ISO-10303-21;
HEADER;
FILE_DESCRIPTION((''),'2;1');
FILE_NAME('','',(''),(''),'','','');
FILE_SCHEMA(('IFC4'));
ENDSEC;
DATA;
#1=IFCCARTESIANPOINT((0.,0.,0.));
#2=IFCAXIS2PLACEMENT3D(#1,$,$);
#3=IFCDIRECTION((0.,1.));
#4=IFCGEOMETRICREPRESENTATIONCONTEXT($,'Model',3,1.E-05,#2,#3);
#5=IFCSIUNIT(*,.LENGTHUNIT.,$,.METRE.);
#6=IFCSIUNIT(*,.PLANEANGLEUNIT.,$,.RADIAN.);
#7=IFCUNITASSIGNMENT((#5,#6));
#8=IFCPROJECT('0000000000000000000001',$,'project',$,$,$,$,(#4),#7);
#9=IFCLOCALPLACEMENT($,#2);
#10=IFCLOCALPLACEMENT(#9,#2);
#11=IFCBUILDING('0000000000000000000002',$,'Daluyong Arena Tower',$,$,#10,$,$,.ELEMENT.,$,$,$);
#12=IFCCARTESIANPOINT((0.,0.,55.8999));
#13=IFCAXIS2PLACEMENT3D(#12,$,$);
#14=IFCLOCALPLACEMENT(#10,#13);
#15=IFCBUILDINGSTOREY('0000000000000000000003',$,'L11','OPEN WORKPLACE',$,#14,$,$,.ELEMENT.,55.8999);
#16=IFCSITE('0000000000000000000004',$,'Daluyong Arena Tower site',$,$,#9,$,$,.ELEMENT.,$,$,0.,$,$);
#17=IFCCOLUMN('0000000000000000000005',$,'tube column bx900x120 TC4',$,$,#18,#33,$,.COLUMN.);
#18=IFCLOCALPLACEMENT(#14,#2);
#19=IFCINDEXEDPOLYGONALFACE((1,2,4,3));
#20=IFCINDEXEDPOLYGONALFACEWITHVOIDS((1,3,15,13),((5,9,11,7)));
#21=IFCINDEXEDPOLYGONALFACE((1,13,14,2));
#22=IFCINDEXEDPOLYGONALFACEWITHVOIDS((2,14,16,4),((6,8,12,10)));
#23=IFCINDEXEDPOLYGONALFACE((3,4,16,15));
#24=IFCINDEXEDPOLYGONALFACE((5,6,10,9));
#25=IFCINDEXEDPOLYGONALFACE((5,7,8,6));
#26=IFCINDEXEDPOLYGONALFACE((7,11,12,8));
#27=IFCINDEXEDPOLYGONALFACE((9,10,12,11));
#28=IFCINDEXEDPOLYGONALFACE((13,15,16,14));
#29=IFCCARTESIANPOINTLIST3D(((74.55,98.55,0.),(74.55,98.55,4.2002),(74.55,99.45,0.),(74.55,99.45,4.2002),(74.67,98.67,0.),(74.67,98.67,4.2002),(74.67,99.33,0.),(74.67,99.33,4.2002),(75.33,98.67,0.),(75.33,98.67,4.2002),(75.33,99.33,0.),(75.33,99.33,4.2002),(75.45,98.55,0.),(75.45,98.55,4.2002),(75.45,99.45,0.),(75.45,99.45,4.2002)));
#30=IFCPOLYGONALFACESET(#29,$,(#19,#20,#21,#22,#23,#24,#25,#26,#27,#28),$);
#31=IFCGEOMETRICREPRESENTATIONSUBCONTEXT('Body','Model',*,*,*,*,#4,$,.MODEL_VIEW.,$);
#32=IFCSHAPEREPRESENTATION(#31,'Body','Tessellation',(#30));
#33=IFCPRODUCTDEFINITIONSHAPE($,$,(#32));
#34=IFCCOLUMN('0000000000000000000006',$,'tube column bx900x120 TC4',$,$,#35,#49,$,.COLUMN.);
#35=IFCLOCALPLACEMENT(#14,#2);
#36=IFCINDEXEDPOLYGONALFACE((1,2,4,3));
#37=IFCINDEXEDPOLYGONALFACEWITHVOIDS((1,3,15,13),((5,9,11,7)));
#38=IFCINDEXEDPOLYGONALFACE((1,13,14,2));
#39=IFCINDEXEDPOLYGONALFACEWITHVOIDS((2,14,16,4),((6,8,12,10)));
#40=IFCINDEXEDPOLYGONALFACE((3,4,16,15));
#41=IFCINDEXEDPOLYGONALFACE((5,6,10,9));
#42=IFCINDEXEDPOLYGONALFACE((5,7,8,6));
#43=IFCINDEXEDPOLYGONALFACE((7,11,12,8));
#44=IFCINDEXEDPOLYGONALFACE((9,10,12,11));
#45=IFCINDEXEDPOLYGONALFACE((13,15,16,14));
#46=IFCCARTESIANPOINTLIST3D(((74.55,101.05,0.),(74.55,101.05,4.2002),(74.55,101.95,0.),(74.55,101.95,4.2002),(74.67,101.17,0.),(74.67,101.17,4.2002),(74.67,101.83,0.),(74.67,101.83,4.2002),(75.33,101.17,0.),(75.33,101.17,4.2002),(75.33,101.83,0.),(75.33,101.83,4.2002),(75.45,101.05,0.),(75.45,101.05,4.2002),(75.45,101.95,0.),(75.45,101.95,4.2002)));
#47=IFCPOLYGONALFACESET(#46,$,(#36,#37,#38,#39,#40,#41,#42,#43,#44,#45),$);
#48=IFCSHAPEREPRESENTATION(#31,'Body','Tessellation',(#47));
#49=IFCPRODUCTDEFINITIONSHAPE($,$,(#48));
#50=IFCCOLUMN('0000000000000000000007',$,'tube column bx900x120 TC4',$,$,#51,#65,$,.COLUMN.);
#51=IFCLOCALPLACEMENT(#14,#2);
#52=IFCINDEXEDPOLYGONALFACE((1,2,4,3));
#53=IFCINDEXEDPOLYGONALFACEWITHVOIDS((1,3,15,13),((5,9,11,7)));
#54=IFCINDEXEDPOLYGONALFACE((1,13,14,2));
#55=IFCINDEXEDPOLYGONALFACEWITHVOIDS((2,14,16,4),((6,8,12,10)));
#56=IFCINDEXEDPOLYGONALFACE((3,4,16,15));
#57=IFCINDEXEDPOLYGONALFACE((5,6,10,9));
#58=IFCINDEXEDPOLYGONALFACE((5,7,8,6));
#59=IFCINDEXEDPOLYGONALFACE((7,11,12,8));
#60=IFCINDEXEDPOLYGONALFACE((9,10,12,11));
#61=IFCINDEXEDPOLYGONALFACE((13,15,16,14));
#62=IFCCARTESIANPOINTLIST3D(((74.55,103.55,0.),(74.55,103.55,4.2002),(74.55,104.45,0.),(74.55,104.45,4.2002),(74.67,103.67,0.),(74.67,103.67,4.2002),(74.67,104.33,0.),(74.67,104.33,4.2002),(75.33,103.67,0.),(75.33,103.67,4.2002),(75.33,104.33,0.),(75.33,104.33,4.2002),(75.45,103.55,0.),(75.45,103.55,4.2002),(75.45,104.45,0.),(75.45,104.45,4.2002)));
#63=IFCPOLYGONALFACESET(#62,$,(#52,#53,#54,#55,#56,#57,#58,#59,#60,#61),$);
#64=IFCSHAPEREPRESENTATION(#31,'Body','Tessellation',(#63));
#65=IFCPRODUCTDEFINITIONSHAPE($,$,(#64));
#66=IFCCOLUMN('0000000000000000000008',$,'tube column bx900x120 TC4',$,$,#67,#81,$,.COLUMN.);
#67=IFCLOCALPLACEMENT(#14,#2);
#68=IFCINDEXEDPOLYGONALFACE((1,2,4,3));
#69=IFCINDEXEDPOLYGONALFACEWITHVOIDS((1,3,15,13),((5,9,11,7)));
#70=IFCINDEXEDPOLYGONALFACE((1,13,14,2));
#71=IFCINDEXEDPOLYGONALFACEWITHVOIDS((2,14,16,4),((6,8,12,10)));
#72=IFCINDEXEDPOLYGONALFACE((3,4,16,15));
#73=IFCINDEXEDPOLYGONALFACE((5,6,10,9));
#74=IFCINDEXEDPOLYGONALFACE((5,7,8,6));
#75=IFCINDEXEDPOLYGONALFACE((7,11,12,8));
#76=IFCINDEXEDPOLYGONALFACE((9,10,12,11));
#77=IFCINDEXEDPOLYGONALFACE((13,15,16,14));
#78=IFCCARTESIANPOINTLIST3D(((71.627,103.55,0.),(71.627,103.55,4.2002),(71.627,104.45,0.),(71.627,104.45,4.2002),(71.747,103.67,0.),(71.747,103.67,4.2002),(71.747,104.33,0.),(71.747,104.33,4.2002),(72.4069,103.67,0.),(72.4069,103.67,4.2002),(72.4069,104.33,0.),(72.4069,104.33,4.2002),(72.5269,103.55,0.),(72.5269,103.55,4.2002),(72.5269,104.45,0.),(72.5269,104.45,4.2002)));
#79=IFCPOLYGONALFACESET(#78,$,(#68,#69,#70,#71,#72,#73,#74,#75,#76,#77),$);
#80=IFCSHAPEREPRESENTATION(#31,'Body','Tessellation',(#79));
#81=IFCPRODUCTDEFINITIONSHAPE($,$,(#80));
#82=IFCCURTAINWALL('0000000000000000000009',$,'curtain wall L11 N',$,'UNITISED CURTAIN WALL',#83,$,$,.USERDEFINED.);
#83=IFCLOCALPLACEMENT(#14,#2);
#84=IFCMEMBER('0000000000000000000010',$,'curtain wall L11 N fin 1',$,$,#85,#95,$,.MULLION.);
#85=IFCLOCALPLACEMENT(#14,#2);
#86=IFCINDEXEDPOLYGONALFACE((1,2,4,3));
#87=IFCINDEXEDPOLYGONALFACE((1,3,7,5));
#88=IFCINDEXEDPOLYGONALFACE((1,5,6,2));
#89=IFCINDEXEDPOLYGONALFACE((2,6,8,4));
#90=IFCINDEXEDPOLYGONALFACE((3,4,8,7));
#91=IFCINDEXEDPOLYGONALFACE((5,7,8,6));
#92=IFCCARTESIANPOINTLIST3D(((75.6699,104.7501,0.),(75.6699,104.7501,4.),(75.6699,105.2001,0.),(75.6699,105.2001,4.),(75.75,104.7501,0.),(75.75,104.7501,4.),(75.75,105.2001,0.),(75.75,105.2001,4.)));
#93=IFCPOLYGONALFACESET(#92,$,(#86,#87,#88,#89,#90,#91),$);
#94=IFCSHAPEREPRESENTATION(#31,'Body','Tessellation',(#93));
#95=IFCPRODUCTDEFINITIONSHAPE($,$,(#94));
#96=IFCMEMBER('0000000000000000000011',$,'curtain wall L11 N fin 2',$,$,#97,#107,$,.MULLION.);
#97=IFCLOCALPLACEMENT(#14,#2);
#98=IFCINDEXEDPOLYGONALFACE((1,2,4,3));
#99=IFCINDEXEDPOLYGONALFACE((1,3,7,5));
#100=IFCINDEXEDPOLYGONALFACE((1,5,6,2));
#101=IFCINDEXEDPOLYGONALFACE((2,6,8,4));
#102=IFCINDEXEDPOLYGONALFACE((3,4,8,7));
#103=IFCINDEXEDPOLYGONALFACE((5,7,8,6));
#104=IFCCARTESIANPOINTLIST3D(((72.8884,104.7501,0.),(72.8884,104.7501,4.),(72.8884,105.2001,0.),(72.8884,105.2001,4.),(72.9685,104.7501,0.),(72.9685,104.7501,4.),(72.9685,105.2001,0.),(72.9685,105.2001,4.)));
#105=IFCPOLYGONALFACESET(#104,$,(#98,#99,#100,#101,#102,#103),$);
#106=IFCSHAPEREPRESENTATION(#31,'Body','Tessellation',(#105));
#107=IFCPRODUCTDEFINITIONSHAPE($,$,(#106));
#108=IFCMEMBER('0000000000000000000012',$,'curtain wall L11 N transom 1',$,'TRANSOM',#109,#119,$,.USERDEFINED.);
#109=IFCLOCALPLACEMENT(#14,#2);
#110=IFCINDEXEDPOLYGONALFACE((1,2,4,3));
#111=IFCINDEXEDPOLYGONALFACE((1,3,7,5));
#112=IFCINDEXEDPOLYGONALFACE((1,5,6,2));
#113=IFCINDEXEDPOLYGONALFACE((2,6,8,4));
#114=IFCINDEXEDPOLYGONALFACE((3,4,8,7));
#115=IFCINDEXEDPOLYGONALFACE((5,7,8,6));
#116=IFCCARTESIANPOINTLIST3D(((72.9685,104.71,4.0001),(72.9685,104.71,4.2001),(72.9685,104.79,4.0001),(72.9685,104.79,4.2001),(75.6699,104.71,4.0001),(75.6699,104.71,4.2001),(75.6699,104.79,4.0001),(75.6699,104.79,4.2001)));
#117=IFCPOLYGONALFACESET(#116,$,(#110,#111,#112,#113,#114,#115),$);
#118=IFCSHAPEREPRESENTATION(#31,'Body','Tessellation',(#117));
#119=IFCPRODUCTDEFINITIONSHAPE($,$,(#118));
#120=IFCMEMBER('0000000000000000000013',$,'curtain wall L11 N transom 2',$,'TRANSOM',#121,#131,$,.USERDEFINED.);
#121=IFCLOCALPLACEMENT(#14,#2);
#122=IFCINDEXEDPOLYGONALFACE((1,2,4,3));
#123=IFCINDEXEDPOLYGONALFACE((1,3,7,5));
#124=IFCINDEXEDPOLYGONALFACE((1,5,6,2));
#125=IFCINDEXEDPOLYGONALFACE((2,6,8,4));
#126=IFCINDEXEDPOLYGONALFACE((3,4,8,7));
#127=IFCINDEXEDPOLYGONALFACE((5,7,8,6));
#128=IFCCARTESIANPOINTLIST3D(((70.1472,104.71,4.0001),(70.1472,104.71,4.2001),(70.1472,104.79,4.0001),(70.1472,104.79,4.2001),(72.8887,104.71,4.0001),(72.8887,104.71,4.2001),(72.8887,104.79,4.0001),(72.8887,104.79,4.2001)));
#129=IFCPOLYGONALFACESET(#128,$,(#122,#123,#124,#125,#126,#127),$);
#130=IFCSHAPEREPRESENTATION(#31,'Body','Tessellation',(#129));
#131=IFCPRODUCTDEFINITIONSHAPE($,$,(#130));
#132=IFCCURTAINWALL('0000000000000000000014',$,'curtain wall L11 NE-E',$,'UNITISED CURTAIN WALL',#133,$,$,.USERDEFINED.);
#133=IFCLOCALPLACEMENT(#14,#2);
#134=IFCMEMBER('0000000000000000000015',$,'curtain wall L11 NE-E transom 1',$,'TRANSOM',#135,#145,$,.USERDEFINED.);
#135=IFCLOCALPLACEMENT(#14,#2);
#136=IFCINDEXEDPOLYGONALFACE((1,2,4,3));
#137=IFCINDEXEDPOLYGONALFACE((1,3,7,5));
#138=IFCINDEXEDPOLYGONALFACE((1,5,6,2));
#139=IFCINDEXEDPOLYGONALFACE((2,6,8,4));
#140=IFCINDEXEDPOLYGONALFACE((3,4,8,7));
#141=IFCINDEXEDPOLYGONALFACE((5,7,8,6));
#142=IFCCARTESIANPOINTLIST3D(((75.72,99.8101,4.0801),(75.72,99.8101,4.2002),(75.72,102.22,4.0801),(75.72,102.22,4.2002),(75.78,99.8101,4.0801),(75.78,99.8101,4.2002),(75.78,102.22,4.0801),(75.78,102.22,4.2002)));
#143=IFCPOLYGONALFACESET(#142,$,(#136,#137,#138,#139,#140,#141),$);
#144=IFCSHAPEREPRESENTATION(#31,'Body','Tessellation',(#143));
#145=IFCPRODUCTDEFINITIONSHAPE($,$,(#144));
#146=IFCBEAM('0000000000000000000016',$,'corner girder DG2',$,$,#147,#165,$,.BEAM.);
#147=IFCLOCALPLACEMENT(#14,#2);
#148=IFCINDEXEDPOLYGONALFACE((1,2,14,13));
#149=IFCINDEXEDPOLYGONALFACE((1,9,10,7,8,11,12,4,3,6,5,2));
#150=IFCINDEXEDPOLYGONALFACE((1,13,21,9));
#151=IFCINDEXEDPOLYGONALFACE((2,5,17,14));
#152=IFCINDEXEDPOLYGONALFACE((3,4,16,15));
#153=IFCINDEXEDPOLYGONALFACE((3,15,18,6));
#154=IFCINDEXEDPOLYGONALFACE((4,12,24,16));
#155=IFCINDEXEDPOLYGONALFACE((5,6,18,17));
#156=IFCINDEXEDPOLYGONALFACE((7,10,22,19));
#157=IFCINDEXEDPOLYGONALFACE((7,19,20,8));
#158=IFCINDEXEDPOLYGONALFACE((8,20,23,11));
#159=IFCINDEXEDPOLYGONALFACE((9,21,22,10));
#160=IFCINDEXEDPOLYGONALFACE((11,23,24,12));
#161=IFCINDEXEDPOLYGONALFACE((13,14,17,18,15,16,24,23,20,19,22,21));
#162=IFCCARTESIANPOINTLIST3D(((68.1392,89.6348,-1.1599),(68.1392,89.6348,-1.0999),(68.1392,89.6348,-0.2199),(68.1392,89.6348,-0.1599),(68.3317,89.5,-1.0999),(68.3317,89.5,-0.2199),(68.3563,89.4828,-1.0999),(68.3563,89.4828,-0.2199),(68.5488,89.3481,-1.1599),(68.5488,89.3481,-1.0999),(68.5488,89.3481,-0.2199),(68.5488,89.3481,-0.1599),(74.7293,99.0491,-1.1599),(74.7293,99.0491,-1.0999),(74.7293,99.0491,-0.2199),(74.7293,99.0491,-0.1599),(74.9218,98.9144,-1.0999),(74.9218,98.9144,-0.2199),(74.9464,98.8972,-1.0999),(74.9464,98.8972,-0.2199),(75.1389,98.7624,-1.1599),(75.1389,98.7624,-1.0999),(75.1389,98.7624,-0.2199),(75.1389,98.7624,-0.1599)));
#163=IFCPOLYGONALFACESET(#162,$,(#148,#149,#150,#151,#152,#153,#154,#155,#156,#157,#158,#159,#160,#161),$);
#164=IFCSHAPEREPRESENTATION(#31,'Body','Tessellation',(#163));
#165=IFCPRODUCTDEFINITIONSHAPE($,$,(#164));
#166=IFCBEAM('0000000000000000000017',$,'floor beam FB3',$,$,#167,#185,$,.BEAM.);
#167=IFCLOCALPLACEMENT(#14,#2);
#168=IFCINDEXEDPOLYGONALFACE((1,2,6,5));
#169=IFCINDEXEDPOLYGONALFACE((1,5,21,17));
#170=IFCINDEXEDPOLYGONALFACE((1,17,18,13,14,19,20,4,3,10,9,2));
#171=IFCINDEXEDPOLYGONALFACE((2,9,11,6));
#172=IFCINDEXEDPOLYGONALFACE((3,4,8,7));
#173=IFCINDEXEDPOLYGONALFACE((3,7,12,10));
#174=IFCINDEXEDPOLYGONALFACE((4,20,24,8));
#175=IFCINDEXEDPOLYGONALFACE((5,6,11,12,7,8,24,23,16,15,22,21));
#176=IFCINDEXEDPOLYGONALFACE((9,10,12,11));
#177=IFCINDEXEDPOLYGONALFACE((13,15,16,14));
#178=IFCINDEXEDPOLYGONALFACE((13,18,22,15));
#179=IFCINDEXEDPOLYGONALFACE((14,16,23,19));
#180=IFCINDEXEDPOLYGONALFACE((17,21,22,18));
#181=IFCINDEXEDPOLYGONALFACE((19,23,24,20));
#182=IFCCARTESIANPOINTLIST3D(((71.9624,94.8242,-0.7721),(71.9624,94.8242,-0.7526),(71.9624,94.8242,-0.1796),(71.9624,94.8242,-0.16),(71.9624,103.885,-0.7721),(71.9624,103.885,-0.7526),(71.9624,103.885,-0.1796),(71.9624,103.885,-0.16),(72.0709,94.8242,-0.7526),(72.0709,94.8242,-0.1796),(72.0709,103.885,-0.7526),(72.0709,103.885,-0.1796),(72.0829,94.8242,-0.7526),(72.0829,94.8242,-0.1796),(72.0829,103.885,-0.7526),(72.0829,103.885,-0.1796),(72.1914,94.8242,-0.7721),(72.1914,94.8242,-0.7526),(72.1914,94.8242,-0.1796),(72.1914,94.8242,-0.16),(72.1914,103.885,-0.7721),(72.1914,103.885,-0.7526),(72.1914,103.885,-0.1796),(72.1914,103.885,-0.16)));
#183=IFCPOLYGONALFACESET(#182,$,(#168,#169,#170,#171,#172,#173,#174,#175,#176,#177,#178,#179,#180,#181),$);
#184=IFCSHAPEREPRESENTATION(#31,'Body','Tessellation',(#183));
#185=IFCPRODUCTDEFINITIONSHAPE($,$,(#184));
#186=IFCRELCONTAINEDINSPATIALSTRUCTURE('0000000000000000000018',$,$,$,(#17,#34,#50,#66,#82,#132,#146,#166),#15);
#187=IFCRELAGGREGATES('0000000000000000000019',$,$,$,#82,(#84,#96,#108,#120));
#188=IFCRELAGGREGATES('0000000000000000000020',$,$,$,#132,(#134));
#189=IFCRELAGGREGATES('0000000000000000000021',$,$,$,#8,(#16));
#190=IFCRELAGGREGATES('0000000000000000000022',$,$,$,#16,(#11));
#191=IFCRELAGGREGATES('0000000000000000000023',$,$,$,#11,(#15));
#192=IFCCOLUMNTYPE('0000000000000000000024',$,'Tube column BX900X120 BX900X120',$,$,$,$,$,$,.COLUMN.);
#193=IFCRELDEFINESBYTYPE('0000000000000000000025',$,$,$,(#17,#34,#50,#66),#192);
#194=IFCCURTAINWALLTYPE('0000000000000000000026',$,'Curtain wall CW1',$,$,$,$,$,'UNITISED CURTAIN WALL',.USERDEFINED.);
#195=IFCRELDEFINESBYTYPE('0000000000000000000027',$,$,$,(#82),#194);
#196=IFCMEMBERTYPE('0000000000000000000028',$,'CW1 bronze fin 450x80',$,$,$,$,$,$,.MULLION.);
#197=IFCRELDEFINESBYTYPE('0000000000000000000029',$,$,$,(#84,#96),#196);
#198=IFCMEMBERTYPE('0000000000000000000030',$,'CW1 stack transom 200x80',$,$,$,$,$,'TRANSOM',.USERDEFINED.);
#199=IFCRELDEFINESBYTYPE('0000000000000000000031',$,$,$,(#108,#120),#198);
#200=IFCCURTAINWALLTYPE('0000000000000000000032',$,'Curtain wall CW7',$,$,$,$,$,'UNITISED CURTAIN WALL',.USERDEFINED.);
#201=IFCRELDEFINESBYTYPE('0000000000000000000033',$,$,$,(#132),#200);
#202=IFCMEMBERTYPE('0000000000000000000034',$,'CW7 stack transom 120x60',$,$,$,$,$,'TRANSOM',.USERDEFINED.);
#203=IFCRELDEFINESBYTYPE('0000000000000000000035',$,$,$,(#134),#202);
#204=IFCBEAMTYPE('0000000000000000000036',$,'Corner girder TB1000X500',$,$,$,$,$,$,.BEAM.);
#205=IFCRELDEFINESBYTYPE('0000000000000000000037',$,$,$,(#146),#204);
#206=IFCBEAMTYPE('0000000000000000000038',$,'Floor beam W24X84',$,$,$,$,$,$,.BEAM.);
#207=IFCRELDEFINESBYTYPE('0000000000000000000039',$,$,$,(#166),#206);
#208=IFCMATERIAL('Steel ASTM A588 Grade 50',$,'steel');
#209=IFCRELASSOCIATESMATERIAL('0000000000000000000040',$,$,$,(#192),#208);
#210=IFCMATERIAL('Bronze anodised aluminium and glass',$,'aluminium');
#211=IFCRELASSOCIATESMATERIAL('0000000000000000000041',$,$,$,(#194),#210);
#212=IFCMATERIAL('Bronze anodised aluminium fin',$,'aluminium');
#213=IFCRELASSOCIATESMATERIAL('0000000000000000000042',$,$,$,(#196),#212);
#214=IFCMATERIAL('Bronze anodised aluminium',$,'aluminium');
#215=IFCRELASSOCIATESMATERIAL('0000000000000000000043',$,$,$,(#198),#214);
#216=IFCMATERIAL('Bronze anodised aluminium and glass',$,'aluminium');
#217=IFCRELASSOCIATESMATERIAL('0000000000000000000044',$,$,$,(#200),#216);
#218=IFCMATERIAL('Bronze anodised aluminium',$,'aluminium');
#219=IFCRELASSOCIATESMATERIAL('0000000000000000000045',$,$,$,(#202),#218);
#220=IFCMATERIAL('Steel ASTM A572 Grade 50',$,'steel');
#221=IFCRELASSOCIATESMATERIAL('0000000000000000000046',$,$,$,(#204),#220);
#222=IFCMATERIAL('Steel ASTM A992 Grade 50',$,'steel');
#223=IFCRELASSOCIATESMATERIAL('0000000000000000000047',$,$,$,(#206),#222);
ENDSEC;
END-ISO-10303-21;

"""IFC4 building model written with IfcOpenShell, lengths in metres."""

from ifc_helpers import new_model, si_unit, direction, frame, origin, origin_2d, place, context, subcontext, project, spatial, rectangle, hollow_rectangle, i_section, extrude, material, material_profile, profile_set, type_object, element, aggregate, save


model = new_model("IFC4")

# Units and contexts
model_context = context("Model", 3, precision=1e-05, world=origin(), true_north=direction((0.0, 1.0)))
body_context = subcontext(model_context, "Body", "Model", "MODEL_VIEW")
ifc_project = project(units=[si_unit("LENGTHUNIT", "METRE"), si_unit("PLANEANGLEUNIT", "RADIAN")], contexts=[model_context])

# Site, building, storey
site_placement = place(None, origin())
site = spatial("IfcSite", under=ifc_project, at=site_placement, Name="Daluyong Arena Tower site", CompositionType="ELEMENT", RefElevation=0.0)
building_placement = place(site_placement, origin())
building = spatial("IfcBuilding", under=site, at=building_placement, Name="Daluyong Arena Tower", CompositionType="ELEMENT")
storey_placement = place(building_placement, frame((0.0, 0.0, 55.8999)))
storey = spatial("IfcBuildingStorey", under=building, at=storey_placement, Name="L11", Description="OPEN WORKPLACE", CompositionType="ELEMENT", Elevation=55.8999)

# Columns
ifc_material_1 = material(Name="Steel ASTM A588 Grade 50", Category="steel")
ifc_material_profile_1 = material_profile(ifc_material_1, hollow_rectangle(XDim=0.8999, YDim=0.8999, WallThickness=0.12, at=origin_2d()))
ifc_profile_set_1 = profile_set([ifc_material_profile_1], Name="Steel ASTM A588 Grade 50")
column_type = type_object("IfcColumnType", Name="Tube column BX900X120 BX900X120", PredefinedType="COLUMN", material=ifc_profile_set_1)
for number, where, z_axis, x_axis, name in (
    (1, (75.0, 99.0, 0.0), (0.0, 0.0, 1.0), (0.0, 1.0, 0.0), "tube column bx900x120 TC4"),
    (2, (75.0, 101.5, 0.0), (0.0, 0.0, 1.0), (0.0, 1.0, 0.0), "tube column bx900x120 TC4"),
    (3, (75.0, 104.0, 0.0), (0.0, 0.0, 1.0), (1.0, 0.0, 0.0), "tube column bx900x120 TC4"),
    (4, (72.0769, 104.0, 0.0), (0.0, 0.0, 1.0), (1.0, 0.0, 0.0), "tube column bx900x120 TC4"),
):
    element("IfcColumn", number, at=place(storey_placement, frame(where, z_axis=z_axis, x_axis=x_axis)), inside=storey, type_object=column_type, Name=name, PredefinedType="COLUMN", context=body_context, shape_type="SweptSolid", body=[
        extrude(hollow_rectangle(XDim=0.8999, YDim=0.8999, WallThickness=0.12, at=origin_2d()), origin(), (0.0, 0.0, 1.0), 4.2002),
    ])

# Curtain wall, members
ifc_material_2 = material(Name="Bronze anodised aluminium and glass", Category="aluminium")
curtain_wall_type_1 = type_object("IfcCurtainWallType", Name="Curtain wall CW1", ElementType="UNITISED CURTAIN WALL", PredefinedType="USERDEFINED", material=ifc_material_2)
curtain_wall_1_placement = place(storey_placement, origin())
curtain_wall_1 = element("IfcCurtainWall", 5, at=curtain_wall_1_placement, inside=storey, type_object=curtain_wall_type_1, Name="curtain wall L11 N", ObjectType="UNITISED CURTAIN WALL", PredefinedType="USERDEFINED")
ifc_material_3 = material(Name="Bronze anodised aluminium fin", Category="aluminium")
ifc_material_profile_2 = material_profile(ifc_material_3, rectangle(XDim=0.45, YDim=0.0801, at=origin_2d()))
ifc_profile_set_2 = profile_set([ifc_material_profile_2], Name="Bronze anodised aluminium fin")
member_type_1 = type_object("IfcMemberType", Name="CW1 bronze fin 450x80", PredefinedType="MULLION", material=ifc_profile_set_2)
member_1_placement = place(storey_placement, frame((75.71, 104.9751, 0.0), z_axis=(0.0, 0.0, 1.0), x_axis=(0.0, -1.0, 0.0)))
member_1 = element("IfcMember", 6, at=member_1_placement, type_object=member_type_1, Name="curtain wall L11 N fin 1", PredefinedType="MULLION", context=body_context, shape_type="SweptSolid", body=[
    extrude(rectangle(XDim=0.45, YDim=0.0801, at=origin_2d()), origin(), (0.0, 0.0, 1.0), 4.0),
])
member_2_placement = place(storey_placement, frame((72.9285, 104.9751, 0.0), z_axis=(0.0, 0.0, 1.0), x_axis=(0.0, -1.0, 0.0)))
member_2 = element("IfcMember", 7, at=member_2_placement, type_object=member_type_1, Name="curtain wall L11 N fin 2", PredefinedType="MULLION", context=body_context, shape_type="SweptSolid", body=[
    extrude(rectangle(XDim=0.45, YDim=0.0801, at=origin_2d()), origin(), (0.0, 0.0, 1.0), 4.0),
])
ifc_material_4 = material(Name="Bronze anodised aluminium", Category="aluminium")
ifc_material_profile_3 = material_profile(ifc_material_4, rectangle(XDim=0.0801, YDim=0.2, at=origin_2d()))
ifc_profile_set_3 = profile_set([ifc_material_profile_3], Name="Bronze anodised aluminium")
member_type_2 = type_object("IfcMemberType", Name="CW1 stack transom 200x80", ElementType="TRANSOM", PredefinedType="USERDEFINED", material=ifc_profile_set_3)
member_3_placement = place(storey_placement, frame((75.6699, 104.75, 4.1001), z_axis=(-1.0, 0.0, 0.0), x_axis=(0.0, -1.0, 0.0)))
member_3 = element("IfcMember", 8, at=member_3_placement, type_object=member_type_2, Name="curtain wall L11 N transom 1", ObjectType="TRANSOM", PredefinedType="USERDEFINED", context=body_context, shape_type="SweptSolid", body=[
    extrude(rectangle(XDim=0.0801, YDim=0.2, at=origin_2d()), origin(), (0.0, 0.0, 1.0), 2.7014),
])
member_4_placement = place(storey_placement, frame((72.8887, 104.75, 4.1001), z_axis=(-1.0, 0.0, 0.0), x_axis=(0.0, -1.0, 0.0)))
member_4 = element("IfcMember", 9, at=member_4_placement, type_object=member_type_2, Name="curtain wall L11 N transom 2", ObjectType="TRANSOM", PredefinedType="USERDEFINED", context=body_context, shape_type="SweptSolid", body=[
    extrude(rectangle(XDim=0.0801, YDim=0.2, at=origin_2d()), origin(), (0.0, 0.0, 1.0), 2.7415),
])

# Curtain wall, member
ifc_material_5 = material(Name="Bronze anodised aluminium and glass", Category="aluminium")
curtain_wall_type_2 = type_object("IfcCurtainWallType", Name="Curtain wall CW7", ElementType="UNITISED CURTAIN WALL", PredefinedType="USERDEFINED", material=ifc_material_5)
curtain_wall_2_placement = place(storey_placement, origin())
curtain_wall_2 = element("IfcCurtainWall", 10, at=curtain_wall_2_placement, inside=storey, type_object=curtain_wall_type_2, Name="curtain wall L11 NE-E", ObjectType="UNITISED CURTAIN WALL", PredefinedType="USERDEFINED")
ifc_material_6 = material(Name="Bronze anodised aluminium", Category="aluminium")
ifc_material_profile_4 = material_profile(ifc_material_6, rectangle(XDim=0.0601, YDim=0.1201, at=origin_2d()))
ifc_profile_set_4 = profile_set([ifc_material_profile_4], Name="Bronze anodised aluminium")
member_type_3 = type_object("IfcMemberType", Name="CW7 stack transom 120x60", ElementType="TRANSOM", PredefinedType="USERDEFINED", material=ifc_profile_set_4)
member_5_placement = place(storey_placement, frame((75.75, 99.8101, 4.1401), z_axis=(0.0, 1.0, 0.0), x_axis=(-1.0, 0.0, 0.0)))
member_5 = element("IfcMember", 11, at=member_5_placement, type_object=member_type_3, Name="curtain wall L11 NE-E transom 1", ObjectType="TRANSOM", PredefinedType="USERDEFINED", context=body_context, shape_type="SweptSolid", body=[
    extrude(rectangle(XDim=0.0601, YDim=0.1201, at=origin_2d()), origin(), (0.0, 0.0, 1.0), 2.4099),
])

# Beams
ifc_material_7 = material(Name="Steel ASTM A572 Grade 50", Category="steel")
ifc_material_profile_5 = material_profile(ifc_material_7, i_section(OverallWidth=0.5, OverallDepth=1.0, WebThickness=0.03, FlangeThickness=0.06, at=origin_2d()))
ifc_profile_set_5 = profile_set([ifc_material_profile_5], Name="Steel ASTM A572 Grade 50")
beam_type_1 = type_object("IfcBeamType", Name="Corner girder TB1000X500", PredefinedType="BEAM", material=ifc_profile_set_5)
beam_1_placement = place(storey_placement, frame((74.9341, 98.9058, -0.6599), z_axis=(-0.573467, -0.819229, 0.0), x_axis=(0.819229, -0.573467, 0.0)))
element("IfcBeam", 12, at=beam_1_placement, inside=storey, type_object=beam_type_1, Name="corner girder DG2", PredefinedType="BEAM", context=body_context, shape_type="SweptSolid", body=[
    extrude(i_section(OverallWidth=0.5, OverallDepth=1.0, WebThickness=0.03, FlangeThickness=0.06, at=origin_2d()), origin(), (0.0, 0.0, 1.0), 11.4917),
])
ifc_material_8 = material(Name="Steel ASTM A992 Grade 50", Category="steel")
ifc_material_profile_6 = material_profile(ifc_material_8, i_section(OverallWidth=0.229, OverallDepth=0.6121, WebThickness=0.012, FlangeThickness=0.0195, at=origin_2d()))
ifc_profile_set_6 = profile_set([ifc_material_profile_6], Name="Steel ASTM A992 Grade 50")
beam_type_2 = type_object("IfcBeamType", Name="Floor beam W24X84", PredefinedType="BEAM", material=ifc_profile_set_6)
beam_2_placement = place(storey_placement, frame((72.0769, 103.885, -0.4661), z_axis=(0.0, -1.0, 0.0), x_axis=(1.0, 0.0, 0.0)))
element("IfcBeam", 13, at=beam_2_placement, inside=storey, type_object=beam_type_2, Name="floor beam FB3", PredefinedType="BEAM", context=body_context, shape_type="SweptSolid", body=[
    extrude(i_section(OverallWidth=0.229, OverallDepth=0.6121, WebThickness=0.012, FlangeThickness=0.0195, at=origin_2d()), origin(), (0.0, 0.0, 1.0), 9.0608),
])

aggregate(curtain_wall_1, [member_1, member_2, member_3, member_4])
aggregate(curtain_wall_2, [member_5])

save(model, "model.ifc")
